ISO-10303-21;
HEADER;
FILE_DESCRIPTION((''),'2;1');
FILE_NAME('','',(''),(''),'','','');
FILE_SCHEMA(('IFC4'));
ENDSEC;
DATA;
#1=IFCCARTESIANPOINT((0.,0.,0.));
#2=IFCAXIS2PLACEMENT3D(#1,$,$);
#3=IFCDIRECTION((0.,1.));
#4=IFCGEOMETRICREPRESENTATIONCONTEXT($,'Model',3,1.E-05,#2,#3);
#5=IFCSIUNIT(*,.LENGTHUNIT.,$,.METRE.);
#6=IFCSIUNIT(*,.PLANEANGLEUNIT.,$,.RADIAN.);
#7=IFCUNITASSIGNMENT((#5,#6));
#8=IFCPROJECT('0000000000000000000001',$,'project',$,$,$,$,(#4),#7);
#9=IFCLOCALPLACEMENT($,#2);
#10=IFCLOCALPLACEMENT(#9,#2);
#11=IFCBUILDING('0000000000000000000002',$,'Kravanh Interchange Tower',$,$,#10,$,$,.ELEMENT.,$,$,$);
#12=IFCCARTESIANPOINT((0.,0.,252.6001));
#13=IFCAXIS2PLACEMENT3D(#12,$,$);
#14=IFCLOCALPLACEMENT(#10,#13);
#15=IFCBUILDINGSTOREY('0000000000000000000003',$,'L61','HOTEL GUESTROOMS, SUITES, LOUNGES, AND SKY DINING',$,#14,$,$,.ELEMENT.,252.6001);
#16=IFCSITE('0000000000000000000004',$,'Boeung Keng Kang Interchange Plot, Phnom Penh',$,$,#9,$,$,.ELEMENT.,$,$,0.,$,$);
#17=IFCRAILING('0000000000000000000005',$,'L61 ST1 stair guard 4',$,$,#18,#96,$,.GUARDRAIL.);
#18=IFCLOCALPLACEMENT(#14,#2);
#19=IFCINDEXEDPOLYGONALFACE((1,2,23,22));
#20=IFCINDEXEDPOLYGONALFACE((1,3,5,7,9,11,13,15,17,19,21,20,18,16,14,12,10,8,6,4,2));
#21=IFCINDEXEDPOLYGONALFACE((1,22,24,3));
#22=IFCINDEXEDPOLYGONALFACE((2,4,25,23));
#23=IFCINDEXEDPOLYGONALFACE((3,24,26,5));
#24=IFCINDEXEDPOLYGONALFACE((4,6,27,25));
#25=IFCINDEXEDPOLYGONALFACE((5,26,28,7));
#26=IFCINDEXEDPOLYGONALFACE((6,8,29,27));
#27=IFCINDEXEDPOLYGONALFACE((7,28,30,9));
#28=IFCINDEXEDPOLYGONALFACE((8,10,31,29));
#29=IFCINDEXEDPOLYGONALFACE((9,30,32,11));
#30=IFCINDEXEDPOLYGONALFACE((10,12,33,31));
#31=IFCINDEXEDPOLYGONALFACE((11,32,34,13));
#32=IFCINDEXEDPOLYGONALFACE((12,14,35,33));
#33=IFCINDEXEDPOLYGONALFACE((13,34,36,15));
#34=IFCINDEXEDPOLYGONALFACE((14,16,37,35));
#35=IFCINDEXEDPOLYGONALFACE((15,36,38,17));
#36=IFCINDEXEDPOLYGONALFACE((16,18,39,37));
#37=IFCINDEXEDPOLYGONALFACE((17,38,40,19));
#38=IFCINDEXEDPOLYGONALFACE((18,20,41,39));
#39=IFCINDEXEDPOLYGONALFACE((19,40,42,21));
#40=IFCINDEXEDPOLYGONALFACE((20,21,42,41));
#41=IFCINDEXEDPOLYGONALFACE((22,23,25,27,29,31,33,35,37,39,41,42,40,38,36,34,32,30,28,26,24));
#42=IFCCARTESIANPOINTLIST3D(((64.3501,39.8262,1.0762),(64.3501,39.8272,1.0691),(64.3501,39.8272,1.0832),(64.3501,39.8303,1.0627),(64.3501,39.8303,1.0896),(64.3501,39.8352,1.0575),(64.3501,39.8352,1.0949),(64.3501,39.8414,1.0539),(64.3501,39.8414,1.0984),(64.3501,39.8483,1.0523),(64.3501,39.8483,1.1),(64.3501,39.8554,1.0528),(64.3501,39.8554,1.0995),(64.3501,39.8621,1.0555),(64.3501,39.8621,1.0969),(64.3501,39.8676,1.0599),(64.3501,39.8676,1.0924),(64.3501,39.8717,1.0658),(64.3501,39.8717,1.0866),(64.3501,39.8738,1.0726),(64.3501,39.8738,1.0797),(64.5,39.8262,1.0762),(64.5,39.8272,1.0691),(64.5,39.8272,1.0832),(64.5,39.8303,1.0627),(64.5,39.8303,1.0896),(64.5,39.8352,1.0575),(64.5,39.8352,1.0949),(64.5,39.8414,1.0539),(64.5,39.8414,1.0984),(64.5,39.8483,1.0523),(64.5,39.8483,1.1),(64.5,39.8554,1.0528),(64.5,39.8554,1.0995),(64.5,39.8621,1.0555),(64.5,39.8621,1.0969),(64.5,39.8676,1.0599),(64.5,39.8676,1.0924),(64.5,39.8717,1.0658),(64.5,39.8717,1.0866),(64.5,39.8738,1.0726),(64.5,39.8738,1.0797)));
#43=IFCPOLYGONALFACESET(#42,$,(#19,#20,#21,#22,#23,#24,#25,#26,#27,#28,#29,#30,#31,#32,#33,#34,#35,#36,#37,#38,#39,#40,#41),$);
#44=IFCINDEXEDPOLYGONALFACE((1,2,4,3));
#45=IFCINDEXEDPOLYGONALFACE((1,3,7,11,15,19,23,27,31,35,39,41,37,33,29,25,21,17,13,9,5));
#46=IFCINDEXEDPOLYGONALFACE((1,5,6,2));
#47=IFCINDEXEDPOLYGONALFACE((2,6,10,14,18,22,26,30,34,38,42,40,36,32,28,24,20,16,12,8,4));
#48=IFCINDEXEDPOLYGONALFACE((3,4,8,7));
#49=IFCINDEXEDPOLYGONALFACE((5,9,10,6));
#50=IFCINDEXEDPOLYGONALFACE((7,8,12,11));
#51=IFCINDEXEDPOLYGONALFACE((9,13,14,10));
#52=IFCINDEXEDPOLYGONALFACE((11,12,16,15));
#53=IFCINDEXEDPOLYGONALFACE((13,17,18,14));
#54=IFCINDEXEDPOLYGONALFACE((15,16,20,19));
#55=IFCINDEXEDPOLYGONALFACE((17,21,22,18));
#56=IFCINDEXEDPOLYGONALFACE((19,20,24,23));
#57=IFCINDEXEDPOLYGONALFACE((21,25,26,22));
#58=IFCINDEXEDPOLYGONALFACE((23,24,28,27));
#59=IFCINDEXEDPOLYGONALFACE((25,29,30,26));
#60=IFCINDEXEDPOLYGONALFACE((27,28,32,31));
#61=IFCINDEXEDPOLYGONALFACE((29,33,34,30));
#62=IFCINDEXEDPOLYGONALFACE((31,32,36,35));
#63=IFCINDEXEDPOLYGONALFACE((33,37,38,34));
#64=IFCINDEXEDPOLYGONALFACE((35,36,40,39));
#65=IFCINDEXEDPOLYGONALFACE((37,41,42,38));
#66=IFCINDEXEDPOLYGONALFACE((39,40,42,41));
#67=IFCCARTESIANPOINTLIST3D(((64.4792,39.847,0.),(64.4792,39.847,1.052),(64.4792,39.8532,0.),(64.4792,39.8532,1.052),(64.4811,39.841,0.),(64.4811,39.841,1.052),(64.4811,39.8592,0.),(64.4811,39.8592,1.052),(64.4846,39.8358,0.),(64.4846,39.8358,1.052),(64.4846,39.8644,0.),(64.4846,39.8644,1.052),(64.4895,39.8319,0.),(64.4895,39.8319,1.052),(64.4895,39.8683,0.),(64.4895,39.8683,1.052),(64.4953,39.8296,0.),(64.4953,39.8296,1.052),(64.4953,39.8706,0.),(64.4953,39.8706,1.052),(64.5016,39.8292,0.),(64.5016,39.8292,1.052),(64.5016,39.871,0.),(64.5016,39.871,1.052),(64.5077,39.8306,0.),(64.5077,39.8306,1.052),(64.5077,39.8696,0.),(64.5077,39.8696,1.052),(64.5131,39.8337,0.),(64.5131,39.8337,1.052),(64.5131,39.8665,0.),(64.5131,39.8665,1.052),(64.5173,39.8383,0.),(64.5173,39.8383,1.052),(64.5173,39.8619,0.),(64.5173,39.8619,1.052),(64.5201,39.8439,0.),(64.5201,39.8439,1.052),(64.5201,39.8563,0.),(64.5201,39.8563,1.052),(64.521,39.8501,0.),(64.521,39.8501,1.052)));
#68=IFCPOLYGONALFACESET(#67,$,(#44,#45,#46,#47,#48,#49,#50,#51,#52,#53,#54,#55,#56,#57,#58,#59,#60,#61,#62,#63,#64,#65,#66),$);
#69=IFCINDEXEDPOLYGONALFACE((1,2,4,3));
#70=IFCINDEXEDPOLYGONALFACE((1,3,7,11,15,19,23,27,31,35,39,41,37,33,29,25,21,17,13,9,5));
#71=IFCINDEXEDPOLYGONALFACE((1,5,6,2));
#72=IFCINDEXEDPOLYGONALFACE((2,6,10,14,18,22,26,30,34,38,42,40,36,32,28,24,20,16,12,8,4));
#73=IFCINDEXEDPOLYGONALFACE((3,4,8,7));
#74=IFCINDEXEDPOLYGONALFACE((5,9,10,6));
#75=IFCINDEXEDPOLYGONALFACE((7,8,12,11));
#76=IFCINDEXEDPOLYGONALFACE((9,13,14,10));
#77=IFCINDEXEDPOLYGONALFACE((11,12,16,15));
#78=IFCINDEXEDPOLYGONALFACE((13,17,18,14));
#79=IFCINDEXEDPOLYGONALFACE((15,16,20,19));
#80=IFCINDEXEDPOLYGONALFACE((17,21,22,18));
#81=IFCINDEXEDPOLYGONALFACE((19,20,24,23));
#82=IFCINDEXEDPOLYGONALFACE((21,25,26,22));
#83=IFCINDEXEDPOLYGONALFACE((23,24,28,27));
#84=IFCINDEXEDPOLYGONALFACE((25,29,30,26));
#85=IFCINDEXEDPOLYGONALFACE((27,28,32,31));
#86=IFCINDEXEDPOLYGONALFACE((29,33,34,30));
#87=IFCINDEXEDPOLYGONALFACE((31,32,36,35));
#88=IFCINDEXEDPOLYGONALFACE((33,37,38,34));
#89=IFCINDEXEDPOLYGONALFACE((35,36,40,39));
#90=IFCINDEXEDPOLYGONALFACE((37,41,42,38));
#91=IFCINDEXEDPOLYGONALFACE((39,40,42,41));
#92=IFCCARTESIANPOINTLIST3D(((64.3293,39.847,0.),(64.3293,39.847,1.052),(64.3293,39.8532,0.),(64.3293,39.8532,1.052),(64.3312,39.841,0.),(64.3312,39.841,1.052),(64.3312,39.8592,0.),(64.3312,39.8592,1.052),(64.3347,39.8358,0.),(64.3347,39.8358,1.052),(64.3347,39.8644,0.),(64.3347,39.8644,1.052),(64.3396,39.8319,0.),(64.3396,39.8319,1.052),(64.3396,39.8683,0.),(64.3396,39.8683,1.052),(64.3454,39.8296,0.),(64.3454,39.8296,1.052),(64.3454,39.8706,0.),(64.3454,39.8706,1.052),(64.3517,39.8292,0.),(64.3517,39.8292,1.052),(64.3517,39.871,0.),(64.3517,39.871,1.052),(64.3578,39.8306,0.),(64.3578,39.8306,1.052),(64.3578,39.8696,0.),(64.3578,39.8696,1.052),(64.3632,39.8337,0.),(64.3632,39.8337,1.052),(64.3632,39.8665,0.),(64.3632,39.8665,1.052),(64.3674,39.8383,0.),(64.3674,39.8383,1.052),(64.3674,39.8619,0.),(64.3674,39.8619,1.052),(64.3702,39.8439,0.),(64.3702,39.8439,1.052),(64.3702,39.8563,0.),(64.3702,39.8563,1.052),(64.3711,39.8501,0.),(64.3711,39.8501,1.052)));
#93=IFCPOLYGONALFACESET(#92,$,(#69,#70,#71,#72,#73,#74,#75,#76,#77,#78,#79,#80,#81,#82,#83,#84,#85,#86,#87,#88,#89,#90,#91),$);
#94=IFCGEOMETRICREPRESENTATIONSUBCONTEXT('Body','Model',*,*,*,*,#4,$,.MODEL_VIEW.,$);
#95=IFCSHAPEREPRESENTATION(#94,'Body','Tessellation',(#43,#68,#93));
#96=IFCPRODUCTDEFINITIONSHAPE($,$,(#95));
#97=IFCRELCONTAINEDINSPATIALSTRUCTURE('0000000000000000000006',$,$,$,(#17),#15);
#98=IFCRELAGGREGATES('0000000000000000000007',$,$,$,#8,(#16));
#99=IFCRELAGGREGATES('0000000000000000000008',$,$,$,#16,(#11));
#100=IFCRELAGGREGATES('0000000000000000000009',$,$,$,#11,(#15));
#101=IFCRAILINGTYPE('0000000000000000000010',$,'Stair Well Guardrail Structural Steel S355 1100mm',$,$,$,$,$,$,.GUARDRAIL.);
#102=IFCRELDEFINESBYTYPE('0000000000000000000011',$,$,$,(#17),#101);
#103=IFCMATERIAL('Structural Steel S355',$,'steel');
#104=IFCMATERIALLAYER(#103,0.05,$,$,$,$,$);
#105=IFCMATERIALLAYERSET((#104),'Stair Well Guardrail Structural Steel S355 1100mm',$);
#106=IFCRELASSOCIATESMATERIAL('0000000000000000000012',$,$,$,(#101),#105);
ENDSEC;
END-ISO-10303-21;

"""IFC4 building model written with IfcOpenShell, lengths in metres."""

from ifc_helpers import new_model, si_unit, direction, frame, origin, origin_2d, place, context, subcontext, project, spatial, circle, extrude, material, layer, layer_set, type_object, element, save


model = new_model("IFC4")

# Units and contexts
model_context = context("Model", 3, precision=1e-05, world=origin(), true_north=direction((0.0, 1.0)))
body_context = subcontext(model_context, "Body", "Model", "MODEL_VIEW")
ifc_project = project(units=[si_unit("LENGTHUNIT", "METRE"), si_unit("PLANEANGLEUNIT", "RADIAN")], contexts=[model_context])

# Site, building, storey
site_placement = place(None, origin())
site = spatial("IfcSite", under=ifc_project, at=site_placement, Name="Boeung Keng Kang Interchange Plot, Phnom Penh", CompositionType="ELEMENT", RefElevation=0.0)
building_placement = place(site_placement, origin())
building = spatial("IfcBuilding", under=site, at=building_placement, Name="Kravanh Interchange Tower", CompositionType="ELEMENT")
storey_placement = place(building_placement, frame((0.0, 0.0, 252.6001)))
storey = spatial("IfcBuildingStorey", under=building, at=storey_placement, Name="L61", Description="HOTEL GUESTROOMS, SUITES, LOUNGES, AND SKY DINING", CompositionType="ELEMENT", Elevation=252.6001)

# Railing
ifc_material_1 = material(Name="Structural Steel S355", Category="steel")
ifc_layer_1 = layer(ifc_material_1, 0.05)
ifc_layer_set_1 = layer_set([ifc_layer_1], Name="Stair Well Guardrail Structural Steel S355 1100mm")
railing_type_1 = type_object("IfcRailingType", Name="Stair Well Guardrail Structural Steel S355 1100mm", PredefinedType="GUARDRAIL", material=ifc_layer_set_1)
railing_1_placement = place(storey_placement, frame((64.5, 39.8501, 0.0)))
element("IfcRailing", 1, at=railing_1_placement, inside=storey, type_object=railing_type_1, Name="L61 ST1 stair guard 4", PredefinedType="GUARDRAIL", context=body_context, shape_type="SweptSolid", body=[
    extrude(circle(Radius=0.0239, at=origin_2d()), frame((0.0, 0.0, 1.0762), z_axis=(-1.0, 0.0, 0.0), x_axis=(0.0, -1.0, 0.0)), (0.0, 0.0, 1.0), 0.1499),
    extrude(circle(Radius=0.021, at=origin_2d()), origin(), (0.0, 0.0, 1.0), 1.052),
    extrude(circle(Radius=0.021, at=origin_2d()), frame((-0.1499, 0.0, 0.0)), (0.0, 0.0, 1.0), 1.052),
])

save(model, "model.ifc")
